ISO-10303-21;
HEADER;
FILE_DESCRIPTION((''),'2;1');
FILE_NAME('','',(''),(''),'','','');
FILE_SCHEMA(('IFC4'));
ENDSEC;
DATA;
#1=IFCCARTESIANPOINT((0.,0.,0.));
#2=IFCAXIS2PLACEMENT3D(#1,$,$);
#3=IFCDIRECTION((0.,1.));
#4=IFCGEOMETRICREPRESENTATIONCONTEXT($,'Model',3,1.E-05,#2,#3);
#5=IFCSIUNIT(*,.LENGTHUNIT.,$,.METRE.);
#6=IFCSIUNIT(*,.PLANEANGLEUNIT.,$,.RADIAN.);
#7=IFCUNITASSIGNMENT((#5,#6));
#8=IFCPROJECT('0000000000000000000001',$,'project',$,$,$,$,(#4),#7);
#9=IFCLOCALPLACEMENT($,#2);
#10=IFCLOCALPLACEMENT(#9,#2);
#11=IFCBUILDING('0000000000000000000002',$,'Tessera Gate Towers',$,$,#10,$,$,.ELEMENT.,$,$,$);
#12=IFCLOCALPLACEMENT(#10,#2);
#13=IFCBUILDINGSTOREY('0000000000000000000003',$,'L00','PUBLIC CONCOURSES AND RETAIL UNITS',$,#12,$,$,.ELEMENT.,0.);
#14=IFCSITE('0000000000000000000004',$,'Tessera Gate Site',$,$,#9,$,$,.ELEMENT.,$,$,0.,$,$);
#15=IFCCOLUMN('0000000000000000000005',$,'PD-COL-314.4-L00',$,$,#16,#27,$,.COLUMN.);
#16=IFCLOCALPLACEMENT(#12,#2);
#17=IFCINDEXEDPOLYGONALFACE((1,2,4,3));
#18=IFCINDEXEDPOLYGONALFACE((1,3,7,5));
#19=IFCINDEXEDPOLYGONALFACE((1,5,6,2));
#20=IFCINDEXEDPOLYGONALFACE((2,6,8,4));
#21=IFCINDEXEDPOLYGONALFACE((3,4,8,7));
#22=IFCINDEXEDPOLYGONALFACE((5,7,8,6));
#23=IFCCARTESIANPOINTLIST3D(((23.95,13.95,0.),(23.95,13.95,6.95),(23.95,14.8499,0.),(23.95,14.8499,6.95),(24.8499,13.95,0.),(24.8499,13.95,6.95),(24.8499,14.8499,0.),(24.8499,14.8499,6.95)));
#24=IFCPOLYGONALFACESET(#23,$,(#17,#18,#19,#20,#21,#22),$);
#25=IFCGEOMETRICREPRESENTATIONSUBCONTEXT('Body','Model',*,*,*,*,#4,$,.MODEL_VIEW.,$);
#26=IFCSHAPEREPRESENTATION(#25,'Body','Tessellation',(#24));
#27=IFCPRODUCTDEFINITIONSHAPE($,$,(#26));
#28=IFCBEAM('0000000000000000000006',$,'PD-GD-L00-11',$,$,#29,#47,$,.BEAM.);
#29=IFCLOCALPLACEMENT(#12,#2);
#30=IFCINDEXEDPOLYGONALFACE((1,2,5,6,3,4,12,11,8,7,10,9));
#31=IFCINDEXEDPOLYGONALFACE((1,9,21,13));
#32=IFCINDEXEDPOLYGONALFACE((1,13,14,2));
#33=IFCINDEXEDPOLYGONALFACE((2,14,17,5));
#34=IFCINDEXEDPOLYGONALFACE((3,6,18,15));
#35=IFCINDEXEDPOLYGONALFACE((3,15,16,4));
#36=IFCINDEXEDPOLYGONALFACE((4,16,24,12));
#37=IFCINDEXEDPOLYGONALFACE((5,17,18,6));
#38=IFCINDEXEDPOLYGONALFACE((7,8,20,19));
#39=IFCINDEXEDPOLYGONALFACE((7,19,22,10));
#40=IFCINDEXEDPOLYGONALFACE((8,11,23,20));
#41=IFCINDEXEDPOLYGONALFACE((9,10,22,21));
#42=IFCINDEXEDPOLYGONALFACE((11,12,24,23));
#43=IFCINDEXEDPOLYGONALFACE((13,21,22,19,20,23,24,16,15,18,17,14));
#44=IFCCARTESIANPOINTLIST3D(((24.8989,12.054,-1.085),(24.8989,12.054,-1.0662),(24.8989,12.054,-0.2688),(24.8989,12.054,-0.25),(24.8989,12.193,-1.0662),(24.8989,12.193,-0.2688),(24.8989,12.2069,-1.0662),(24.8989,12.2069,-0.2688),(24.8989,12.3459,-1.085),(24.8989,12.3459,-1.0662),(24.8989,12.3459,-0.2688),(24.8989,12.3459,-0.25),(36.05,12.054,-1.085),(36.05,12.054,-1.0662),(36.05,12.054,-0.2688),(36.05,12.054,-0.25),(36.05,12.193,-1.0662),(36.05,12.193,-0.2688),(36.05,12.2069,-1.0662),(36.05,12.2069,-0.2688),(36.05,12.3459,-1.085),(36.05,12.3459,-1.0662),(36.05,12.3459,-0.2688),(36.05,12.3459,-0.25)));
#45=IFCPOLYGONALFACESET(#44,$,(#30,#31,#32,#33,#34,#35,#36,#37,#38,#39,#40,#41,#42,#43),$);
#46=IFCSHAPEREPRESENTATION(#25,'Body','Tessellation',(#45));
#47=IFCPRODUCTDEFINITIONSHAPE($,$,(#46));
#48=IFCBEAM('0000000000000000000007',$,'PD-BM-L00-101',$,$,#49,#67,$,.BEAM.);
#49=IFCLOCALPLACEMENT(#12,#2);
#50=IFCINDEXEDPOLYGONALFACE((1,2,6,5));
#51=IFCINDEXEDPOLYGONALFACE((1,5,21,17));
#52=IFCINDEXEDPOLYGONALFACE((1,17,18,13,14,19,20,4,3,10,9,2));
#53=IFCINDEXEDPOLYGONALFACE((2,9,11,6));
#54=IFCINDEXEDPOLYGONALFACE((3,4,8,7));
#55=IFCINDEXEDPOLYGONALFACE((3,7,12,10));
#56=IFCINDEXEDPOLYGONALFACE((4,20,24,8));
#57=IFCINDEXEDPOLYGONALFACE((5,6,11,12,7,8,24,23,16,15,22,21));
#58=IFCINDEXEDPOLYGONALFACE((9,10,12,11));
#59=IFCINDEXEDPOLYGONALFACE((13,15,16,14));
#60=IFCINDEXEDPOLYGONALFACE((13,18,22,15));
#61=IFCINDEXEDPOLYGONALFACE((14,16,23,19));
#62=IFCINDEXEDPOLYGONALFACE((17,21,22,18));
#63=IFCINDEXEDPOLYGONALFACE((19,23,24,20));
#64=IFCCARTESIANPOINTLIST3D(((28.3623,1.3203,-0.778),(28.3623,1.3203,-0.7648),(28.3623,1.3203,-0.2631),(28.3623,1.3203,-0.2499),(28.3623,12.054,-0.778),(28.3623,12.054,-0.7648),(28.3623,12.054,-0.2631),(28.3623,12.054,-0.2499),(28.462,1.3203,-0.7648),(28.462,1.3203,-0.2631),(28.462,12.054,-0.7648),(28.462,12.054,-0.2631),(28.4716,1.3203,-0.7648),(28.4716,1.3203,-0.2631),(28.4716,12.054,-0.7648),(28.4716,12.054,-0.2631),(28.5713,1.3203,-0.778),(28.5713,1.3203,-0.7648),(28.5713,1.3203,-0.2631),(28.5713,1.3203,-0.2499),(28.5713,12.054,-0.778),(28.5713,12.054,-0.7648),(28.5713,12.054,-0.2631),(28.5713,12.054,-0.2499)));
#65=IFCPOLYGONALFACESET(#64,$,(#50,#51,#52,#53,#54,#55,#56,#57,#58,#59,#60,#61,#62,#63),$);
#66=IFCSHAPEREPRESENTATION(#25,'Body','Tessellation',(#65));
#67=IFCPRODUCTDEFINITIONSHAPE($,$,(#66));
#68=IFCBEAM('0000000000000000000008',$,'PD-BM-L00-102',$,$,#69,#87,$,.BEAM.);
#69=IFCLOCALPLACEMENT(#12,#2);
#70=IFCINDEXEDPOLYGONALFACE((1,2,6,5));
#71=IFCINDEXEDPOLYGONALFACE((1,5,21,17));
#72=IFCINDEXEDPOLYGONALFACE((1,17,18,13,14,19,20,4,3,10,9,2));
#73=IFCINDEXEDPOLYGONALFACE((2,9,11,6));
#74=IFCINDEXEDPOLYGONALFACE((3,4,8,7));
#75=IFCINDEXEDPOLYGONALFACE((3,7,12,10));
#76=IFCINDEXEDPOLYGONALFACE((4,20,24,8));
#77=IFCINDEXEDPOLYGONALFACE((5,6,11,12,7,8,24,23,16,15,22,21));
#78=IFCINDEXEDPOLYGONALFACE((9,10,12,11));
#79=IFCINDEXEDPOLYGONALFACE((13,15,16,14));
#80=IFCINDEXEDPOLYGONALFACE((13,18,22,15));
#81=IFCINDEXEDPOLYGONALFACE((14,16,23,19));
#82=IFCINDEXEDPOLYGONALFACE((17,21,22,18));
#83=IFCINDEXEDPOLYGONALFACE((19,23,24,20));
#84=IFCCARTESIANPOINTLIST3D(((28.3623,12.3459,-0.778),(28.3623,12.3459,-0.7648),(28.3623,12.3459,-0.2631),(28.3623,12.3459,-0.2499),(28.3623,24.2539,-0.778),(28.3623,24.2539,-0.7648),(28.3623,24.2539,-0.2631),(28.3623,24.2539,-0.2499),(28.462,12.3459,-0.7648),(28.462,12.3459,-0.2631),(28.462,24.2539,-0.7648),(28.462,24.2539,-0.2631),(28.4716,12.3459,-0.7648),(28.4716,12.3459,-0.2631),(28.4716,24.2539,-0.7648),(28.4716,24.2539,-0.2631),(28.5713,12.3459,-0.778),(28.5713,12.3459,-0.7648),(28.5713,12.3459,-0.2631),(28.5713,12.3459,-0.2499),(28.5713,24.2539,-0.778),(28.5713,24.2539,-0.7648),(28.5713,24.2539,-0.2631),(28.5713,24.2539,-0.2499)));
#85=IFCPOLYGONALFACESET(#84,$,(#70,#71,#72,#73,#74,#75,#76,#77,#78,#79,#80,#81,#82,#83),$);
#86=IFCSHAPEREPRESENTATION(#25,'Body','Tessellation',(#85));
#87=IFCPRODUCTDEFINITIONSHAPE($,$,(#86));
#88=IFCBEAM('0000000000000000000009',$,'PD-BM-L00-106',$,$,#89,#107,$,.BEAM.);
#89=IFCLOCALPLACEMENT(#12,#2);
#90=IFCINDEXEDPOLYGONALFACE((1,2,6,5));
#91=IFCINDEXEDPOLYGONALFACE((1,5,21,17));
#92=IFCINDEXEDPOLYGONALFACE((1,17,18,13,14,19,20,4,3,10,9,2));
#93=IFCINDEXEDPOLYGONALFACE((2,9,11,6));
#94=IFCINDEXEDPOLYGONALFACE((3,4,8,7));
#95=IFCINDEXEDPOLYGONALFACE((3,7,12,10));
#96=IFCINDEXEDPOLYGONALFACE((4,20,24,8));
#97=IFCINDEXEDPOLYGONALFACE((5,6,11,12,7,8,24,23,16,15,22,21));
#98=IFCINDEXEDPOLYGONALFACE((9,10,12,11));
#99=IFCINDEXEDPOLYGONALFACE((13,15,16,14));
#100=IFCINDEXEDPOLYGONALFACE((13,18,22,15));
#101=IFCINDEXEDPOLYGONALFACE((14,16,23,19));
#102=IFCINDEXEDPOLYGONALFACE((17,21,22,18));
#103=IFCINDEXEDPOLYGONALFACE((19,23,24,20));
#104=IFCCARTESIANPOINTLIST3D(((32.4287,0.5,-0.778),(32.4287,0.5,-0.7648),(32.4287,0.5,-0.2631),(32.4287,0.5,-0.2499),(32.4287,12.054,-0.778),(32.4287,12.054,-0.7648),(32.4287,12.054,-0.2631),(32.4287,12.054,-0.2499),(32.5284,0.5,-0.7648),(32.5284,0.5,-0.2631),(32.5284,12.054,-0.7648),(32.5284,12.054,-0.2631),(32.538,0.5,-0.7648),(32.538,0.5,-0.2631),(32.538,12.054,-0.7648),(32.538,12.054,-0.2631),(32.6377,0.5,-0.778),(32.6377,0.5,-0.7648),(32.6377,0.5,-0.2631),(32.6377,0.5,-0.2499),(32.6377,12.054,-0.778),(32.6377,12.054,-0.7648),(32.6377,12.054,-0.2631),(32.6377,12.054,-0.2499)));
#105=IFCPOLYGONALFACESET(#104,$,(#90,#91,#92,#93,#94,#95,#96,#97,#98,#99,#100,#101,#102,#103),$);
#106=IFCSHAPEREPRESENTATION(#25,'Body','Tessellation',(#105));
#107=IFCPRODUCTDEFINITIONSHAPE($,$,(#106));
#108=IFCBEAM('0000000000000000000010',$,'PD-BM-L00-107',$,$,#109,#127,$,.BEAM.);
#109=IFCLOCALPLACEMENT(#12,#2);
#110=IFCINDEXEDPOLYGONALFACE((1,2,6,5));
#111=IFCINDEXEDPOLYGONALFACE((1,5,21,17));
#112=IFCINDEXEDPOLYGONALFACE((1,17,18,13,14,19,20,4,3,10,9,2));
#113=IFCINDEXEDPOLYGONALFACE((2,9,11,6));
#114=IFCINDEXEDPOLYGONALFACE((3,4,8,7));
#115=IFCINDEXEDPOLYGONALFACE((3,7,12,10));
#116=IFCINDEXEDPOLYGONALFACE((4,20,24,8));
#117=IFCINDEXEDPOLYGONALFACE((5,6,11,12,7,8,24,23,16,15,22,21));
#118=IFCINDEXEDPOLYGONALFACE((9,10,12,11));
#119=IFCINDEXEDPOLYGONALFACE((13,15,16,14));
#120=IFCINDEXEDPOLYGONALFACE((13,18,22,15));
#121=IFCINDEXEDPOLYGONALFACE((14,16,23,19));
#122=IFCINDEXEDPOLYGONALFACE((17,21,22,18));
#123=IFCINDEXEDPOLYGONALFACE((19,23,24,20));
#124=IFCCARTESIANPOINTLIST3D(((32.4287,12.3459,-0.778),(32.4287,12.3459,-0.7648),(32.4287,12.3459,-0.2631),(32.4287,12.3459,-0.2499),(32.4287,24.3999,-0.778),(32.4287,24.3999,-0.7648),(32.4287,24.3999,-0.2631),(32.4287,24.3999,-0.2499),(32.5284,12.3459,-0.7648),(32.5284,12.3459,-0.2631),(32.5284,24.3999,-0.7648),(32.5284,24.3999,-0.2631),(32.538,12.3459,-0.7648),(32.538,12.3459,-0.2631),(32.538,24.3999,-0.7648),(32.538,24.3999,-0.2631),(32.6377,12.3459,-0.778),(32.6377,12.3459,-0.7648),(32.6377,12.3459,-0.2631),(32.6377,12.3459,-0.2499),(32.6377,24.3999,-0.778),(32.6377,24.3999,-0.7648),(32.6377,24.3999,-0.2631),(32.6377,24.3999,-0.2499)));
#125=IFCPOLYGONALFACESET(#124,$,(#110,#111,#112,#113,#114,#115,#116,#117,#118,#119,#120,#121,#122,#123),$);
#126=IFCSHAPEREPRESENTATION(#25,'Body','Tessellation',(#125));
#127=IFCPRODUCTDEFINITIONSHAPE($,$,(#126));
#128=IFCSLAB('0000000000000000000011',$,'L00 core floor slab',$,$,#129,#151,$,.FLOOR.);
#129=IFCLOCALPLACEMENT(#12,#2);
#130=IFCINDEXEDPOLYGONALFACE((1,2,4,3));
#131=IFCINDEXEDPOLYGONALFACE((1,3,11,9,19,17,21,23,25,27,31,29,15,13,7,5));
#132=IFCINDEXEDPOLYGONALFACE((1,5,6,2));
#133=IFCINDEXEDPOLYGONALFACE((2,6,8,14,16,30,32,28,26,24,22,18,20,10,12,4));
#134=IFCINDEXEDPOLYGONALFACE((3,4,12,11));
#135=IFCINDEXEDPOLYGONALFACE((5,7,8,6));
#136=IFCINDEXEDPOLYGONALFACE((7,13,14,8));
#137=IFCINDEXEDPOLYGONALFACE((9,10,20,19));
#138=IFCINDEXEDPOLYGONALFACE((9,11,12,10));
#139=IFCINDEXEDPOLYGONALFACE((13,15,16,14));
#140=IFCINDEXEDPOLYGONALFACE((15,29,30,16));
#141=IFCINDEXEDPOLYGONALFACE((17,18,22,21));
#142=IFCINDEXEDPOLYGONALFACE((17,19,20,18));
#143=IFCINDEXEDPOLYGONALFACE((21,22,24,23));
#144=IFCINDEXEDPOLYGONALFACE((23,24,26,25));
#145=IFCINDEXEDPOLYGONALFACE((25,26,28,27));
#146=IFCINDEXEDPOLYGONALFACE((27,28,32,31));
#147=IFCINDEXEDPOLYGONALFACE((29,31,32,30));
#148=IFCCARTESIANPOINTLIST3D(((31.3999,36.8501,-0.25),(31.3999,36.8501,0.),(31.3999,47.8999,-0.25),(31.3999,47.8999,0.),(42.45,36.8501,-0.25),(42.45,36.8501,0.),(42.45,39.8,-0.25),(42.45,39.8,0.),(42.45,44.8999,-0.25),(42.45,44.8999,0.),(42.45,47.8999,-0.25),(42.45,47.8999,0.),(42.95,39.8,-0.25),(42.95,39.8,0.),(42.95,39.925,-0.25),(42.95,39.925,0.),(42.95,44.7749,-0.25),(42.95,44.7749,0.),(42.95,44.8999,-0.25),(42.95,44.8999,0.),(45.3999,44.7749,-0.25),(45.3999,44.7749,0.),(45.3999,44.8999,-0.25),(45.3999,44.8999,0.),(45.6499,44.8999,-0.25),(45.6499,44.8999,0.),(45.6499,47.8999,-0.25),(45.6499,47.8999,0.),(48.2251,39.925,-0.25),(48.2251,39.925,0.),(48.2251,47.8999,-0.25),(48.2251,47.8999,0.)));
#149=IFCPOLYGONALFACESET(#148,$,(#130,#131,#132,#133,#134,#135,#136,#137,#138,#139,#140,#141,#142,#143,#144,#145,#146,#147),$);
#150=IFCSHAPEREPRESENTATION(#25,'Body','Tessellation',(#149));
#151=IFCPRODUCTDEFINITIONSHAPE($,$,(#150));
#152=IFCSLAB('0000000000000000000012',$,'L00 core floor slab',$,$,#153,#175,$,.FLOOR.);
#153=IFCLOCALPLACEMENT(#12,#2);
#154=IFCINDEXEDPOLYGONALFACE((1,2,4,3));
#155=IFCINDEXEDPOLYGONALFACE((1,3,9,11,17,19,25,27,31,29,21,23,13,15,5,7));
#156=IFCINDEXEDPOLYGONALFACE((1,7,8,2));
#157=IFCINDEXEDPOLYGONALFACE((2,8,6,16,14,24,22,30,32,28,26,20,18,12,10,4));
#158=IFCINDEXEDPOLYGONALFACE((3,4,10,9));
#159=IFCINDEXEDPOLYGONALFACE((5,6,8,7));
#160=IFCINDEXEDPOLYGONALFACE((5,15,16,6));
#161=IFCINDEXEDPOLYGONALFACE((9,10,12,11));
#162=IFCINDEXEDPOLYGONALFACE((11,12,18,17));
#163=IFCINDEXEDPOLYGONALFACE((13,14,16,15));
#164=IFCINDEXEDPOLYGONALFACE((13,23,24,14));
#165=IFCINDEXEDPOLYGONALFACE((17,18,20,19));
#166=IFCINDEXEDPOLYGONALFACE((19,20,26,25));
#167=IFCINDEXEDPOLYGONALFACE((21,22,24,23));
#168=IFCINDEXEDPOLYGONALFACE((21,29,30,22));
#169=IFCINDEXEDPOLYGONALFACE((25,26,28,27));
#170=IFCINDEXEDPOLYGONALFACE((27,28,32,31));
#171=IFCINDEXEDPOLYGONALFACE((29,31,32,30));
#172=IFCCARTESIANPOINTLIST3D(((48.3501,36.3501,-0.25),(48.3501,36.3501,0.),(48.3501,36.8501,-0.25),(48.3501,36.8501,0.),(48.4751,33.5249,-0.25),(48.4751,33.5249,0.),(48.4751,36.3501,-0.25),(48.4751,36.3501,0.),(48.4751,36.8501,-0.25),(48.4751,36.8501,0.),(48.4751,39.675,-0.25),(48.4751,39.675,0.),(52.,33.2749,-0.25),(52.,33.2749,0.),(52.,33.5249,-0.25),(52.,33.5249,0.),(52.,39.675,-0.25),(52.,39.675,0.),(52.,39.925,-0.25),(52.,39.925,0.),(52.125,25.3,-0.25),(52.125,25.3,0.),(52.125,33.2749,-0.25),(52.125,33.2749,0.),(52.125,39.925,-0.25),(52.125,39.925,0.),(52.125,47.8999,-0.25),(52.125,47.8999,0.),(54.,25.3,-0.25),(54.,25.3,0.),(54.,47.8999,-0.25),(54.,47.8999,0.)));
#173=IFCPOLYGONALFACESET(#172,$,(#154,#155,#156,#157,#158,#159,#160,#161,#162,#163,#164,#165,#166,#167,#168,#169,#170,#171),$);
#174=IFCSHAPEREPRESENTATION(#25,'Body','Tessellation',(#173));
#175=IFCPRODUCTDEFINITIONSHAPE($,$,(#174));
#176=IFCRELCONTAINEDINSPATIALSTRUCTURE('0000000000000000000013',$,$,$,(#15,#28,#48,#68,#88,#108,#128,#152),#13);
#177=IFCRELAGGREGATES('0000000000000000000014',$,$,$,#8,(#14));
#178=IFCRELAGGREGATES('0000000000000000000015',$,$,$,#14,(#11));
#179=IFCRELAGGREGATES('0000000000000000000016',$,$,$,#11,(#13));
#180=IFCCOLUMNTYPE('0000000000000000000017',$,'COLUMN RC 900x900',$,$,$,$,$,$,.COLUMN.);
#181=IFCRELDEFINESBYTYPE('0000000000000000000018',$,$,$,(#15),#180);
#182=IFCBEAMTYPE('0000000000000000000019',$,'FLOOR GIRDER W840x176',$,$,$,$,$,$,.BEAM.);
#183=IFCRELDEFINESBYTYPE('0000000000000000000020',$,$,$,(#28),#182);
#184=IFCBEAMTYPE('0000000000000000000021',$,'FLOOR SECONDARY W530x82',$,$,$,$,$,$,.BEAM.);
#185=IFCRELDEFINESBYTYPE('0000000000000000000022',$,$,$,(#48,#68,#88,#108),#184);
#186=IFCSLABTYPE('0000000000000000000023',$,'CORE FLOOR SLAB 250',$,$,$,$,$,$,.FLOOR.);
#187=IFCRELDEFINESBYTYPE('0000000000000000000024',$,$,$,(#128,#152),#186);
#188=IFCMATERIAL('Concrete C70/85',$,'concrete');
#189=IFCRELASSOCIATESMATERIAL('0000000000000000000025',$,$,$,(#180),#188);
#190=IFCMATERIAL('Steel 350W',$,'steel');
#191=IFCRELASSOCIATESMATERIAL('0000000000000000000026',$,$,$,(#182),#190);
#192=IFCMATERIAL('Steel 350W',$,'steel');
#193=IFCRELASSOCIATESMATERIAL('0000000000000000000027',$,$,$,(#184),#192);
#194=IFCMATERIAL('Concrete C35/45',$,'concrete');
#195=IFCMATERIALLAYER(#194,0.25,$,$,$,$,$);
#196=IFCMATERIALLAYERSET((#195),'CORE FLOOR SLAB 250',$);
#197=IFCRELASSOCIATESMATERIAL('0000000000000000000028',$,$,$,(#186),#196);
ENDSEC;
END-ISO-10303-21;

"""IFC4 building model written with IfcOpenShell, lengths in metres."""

from ifc_helpers import new_model, si_unit, direction, frame, origin, origin_2d, place, context, subcontext, project, spatial, polyline, rectangle, i_section, outline, extrude, material, layer, layer_set, material_profile, profile_set, type_object, element, save


model = new_model("IFC4")

# Units and contexts
model_context = context("Model", 3, precision=1e-05, world=origin(), true_north=direction((0.0, 1.0)))
body_context = subcontext(model_context, "Body", "Model", "MODEL_VIEW")
ifc_project = project(units=[si_unit("LENGTHUNIT", "METRE"), si_unit("PLANEANGLEUNIT", "RADIAN")], contexts=[model_context])

# Site, building, storey
site_placement = place(None, origin())
site = spatial("IfcSite", under=ifc_project, at=site_placement, Name="Tessera Gate Site", CompositionType="ELEMENT", RefElevation=0.0)
building_placement = place(site_placement, origin())
building = spatial("IfcBuilding", under=site, at=building_placement, Name="Tessera Gate Towers", CompositionType="ELEMENT")
storey_placement = place(building_placement, origin())
storey = spatial("IfcBuildingStorey", under=building, at=storey_placement, Name="L00", Description="PUBLIC CONCOURSES AND RETAIL UNITS", CompositionType="ELEMENT", Elevation=0.0)

# Column
ifc_material_1 = material(Name="Concrete C70/85", Category="concrete")
ifc_material_profile_1 = material_profile(ifc_material_1, rectangle(XDim=0.8999, YDim=0.8999, at=origin_2d()), Name="RC 900x900")
ifc_profile_set_1 = profile_set([ifc_material_profile_1], Name="Concrete C70/85")
column_type = type_object("IfcColumnType", Name="COLUMN RC 900x900", PredefinedType="COLUMN", material=ifc_profile_set_1)
column_placement = place(storey_placement, frame((24.3999, 14.3999, 0.0), z_axis=(0.0, 0.0, 1.0), x_axis=(1.0, 0.0, 0.0)))
element("IfcColumn", 1, at=column_placement, inside=storey, type_object=column_type, Name="PD-COL-314.4-L00", PredefinedType="COLUMN", context=body_context, shape_type="SweptSolid", body=[
    extrude(rectangle(XDim=0.8999, YDim=0.8999, at=origin_2d()), origin(), (0.0, 0.0, 1.0), 6.95),
])

# Beams
ifc_material_2 = material(Name="Steel 350W", Category="steel")
ifc_material_profile_2 = material_profile(ifc_material_2, i_section(OverallWidth=0.292, OverallDepth=0.835, WebThickness=0.0139, FlangeThickness=0.0188, at=origin_2d()), Name="W840x176")
ifc_profile_set_2 = profile_set([ifc_material_profile_2], Name="Steel 350W")
beam_type_1 = type_object("IfcBeamType", Name="FLOOR GIRDER W840x176", PredefinedType="BEAM", material=ifc_profile_set_2)
beam_1_placement = place(storey_placement, frame((24.8989, 12.2, -0.6675), z_axis=(1.0, 0.0, 0.0), x_axis=(0.0, 1.0, 0.0)))
element("IfcBeam", 2, at=beam_1_placement, inside=storey, type_object=beam_type_1, Name="PD-GD-L00-11", PredefinedType="BEAM", context=body_context, shape_type="SweptSolid", body=[
    extrude(i_section(OverallWidth=0.292, OverallDepth=0.835, WebThickness=0.0139, FlangeThickness=0.0188, at=origin_2d()), origin(), (0.0, 0.0, 1.0), 11.1511),
])
ifc_material_3 = material(Name="Steel 350W", Category="steel")
ifc_material_profile_3 = material_profile(ifc_material_3, i_section(OverallWidth=0.209, OverallDepth=0.5281, WebThickness=0.0095, FlangeThickness=0.0132, at=origin_2d()), Name="W530x82")
ifc_profile_set_3 = profile_set([ifc_material_profile_3], Name="Steel 350W")
beam_type_2 = type_object("IfcBeamType", Name="FLOOR SECONDARY W530x82", PredefinedType="BEAM", material=ifc_profile_set_3)
beam_2_placement = place(storey_placement, frame((28.4668, 1.3203, -0.5139), z_axis=(0.0, 1.0, 0.0), x_axis=(-1.0, 0.0, 0.0)))
element("IfcBeam", 3, at=beam_2_placement, inside=storey, type_object=beam_type_2, Name="PD-BM-L00-101", PredefinedType="BEAM", context=body_context, shape_type="SweptSolid", body=[
    extrude(i_section(OverallWidth=0.209, OverallDepth=0.5281, WebThickness=0.0095, FlangeThickness=0.0132, at=origin_2d()), origin(), (0.0, 0.0, 1.0), 10.7336),
])
beam_3_placement = place(storey_placement, frame((28.4668, 12.3459, -0.5139), z_axis=(0.0, 1.0, 0.0), x_axis=(-1.0, 0.0, 0.0)))
element("IfcBeam", 4, at=beam_3_placement, inside=storey, type_object=beam_type_2, Name="PD-BM-L00-102", PredefinedType="BEAM", context=body_context, shape_type="SweptSolid", body=[
    extrude(i_section(OverallWidth=0.209, OverallDepth=0.5281, WebThickness=0.0095, FlangeThickness=0.0132, at=origin_2d()), origin(), (0.0, 0.0, 1.0), 11.908),
])
beam_4_placement = place(storey_placement, frame((32.5332, 0.5, -0.5139), z_axis=(0.0, 1.0, 0.0), x_axis=(-1.0, 0.0, 0.0)))
element("IfcBeam", 5, at=beam_4_placement, inside=storey, type_object=beam_type_2, Name="PD-BM-L00-106", PredefinedType="BEAM", context=body_context, shape_type="SweptSolid", body=[
    extrude(i_section(OverallWidth=0.209, OverallDepth=0.5281, WebThickness=0.0095, FlangeThickness=0.0132, at=origin_2d()), origin(), (0.0, 0.0, 1.0), 11.554),
])
beam_5_placement = place(storey_placement, frame((32.5332, 12.3459, -0.5139), z_axis=(0.0, 1.0, 0.0), x_axis=(-1.0, 0.0, 0.0)))
element("IfcBeam", 6, at=beam_5_placement, inside=storey, type_object=beam_type_2, Name="PD-BM-L00-107", PredefinedType="BEAM", context=body_context, shape_type="SweptSolid", body=[
    extrude(i_section(OverallWidth=0.209, OverallDepth=0.5281, WebThickness=0.0095, FlangeThickness=0.0132, at=origin_2d()), origin(), (0.0, 0.0, 1.0), 12.054),
])

# Slabs
ifc_material_4 = material(Name="Concrete C35/45", Category="concrete")
ifc_layer_1 = layer(ifc_material_4, 0.25)
ifc_layer_set_1 = layer_set([ifc_layer_1], Name="CORE FLOOR SLAB 250")
slab_type_1 = type_object("IfcSlabType", Name="CORE FLOOR SLAB 250", PredefinedType="FLOOR", material=ifc_layer_set_1)
slab_1_placement = place(storey_placement, frame((0.0, 0.0, -0.25)))
element("IfcSlab", 7, at=slab_1_placement, inside=storey, type_object=slab_type_1, Name="L00 core floor slab", PredefinedType="FLOOR", context=body_context, shape_type="SweptSolid", body=[
    extrude(outline(polyline([(31.3999, 47.8999), (31.3999, 36.8501), (42.45, 36.8501), (42.45, 39.8), (42.95, 39.8), (42.95, 39.925), (48.2251, 39.925), (48.2251, 47.8999), (45.6499, 47.8999), (45.6499, 44.8999), (45.3999, 44.8999), (45.3999, 44.7749), (42.95, 44.7749), (42.95, 44.8999), (42.45, 44.8999), (42.45, 47.8999), (31.3999, 47.8999)])), origin(), (0.0, 0.0, 1.0), 0.25),
])
slab_2_placement = place(storey_placement, frame((0.0, 0.0, -0.25)))
element("IfcSlab", 8, at=slab_2_placement, inside=storey, type_object=slab_type_1, Name="L00 core floor slab", PredefinedType="FLOOR", context=body_context, shape_type="SweptSolid", body=[
    extrude(outline(polyline([(48.3501, 36.8501), (48.3501, 36.3501), (48.4751, 36.3501), (48.4751, 33.5249), (52.0, 33.5249), (52.0, 33.2749), (52.125, 33.2749), (52.125, 25.3), (54.0, 25.3), (54.0, 47.8999), (52.125, 47.8999), (52.125, 39.925), (52.0, 39.925), (52.0, 39.675), (48.4751, 39.675), (48.4751, 36.8501), (48.3501, 36.8501)])), origin(), (0.0, 0.0, 1.0), 0.25),
])

save(model, "model.ifc")
